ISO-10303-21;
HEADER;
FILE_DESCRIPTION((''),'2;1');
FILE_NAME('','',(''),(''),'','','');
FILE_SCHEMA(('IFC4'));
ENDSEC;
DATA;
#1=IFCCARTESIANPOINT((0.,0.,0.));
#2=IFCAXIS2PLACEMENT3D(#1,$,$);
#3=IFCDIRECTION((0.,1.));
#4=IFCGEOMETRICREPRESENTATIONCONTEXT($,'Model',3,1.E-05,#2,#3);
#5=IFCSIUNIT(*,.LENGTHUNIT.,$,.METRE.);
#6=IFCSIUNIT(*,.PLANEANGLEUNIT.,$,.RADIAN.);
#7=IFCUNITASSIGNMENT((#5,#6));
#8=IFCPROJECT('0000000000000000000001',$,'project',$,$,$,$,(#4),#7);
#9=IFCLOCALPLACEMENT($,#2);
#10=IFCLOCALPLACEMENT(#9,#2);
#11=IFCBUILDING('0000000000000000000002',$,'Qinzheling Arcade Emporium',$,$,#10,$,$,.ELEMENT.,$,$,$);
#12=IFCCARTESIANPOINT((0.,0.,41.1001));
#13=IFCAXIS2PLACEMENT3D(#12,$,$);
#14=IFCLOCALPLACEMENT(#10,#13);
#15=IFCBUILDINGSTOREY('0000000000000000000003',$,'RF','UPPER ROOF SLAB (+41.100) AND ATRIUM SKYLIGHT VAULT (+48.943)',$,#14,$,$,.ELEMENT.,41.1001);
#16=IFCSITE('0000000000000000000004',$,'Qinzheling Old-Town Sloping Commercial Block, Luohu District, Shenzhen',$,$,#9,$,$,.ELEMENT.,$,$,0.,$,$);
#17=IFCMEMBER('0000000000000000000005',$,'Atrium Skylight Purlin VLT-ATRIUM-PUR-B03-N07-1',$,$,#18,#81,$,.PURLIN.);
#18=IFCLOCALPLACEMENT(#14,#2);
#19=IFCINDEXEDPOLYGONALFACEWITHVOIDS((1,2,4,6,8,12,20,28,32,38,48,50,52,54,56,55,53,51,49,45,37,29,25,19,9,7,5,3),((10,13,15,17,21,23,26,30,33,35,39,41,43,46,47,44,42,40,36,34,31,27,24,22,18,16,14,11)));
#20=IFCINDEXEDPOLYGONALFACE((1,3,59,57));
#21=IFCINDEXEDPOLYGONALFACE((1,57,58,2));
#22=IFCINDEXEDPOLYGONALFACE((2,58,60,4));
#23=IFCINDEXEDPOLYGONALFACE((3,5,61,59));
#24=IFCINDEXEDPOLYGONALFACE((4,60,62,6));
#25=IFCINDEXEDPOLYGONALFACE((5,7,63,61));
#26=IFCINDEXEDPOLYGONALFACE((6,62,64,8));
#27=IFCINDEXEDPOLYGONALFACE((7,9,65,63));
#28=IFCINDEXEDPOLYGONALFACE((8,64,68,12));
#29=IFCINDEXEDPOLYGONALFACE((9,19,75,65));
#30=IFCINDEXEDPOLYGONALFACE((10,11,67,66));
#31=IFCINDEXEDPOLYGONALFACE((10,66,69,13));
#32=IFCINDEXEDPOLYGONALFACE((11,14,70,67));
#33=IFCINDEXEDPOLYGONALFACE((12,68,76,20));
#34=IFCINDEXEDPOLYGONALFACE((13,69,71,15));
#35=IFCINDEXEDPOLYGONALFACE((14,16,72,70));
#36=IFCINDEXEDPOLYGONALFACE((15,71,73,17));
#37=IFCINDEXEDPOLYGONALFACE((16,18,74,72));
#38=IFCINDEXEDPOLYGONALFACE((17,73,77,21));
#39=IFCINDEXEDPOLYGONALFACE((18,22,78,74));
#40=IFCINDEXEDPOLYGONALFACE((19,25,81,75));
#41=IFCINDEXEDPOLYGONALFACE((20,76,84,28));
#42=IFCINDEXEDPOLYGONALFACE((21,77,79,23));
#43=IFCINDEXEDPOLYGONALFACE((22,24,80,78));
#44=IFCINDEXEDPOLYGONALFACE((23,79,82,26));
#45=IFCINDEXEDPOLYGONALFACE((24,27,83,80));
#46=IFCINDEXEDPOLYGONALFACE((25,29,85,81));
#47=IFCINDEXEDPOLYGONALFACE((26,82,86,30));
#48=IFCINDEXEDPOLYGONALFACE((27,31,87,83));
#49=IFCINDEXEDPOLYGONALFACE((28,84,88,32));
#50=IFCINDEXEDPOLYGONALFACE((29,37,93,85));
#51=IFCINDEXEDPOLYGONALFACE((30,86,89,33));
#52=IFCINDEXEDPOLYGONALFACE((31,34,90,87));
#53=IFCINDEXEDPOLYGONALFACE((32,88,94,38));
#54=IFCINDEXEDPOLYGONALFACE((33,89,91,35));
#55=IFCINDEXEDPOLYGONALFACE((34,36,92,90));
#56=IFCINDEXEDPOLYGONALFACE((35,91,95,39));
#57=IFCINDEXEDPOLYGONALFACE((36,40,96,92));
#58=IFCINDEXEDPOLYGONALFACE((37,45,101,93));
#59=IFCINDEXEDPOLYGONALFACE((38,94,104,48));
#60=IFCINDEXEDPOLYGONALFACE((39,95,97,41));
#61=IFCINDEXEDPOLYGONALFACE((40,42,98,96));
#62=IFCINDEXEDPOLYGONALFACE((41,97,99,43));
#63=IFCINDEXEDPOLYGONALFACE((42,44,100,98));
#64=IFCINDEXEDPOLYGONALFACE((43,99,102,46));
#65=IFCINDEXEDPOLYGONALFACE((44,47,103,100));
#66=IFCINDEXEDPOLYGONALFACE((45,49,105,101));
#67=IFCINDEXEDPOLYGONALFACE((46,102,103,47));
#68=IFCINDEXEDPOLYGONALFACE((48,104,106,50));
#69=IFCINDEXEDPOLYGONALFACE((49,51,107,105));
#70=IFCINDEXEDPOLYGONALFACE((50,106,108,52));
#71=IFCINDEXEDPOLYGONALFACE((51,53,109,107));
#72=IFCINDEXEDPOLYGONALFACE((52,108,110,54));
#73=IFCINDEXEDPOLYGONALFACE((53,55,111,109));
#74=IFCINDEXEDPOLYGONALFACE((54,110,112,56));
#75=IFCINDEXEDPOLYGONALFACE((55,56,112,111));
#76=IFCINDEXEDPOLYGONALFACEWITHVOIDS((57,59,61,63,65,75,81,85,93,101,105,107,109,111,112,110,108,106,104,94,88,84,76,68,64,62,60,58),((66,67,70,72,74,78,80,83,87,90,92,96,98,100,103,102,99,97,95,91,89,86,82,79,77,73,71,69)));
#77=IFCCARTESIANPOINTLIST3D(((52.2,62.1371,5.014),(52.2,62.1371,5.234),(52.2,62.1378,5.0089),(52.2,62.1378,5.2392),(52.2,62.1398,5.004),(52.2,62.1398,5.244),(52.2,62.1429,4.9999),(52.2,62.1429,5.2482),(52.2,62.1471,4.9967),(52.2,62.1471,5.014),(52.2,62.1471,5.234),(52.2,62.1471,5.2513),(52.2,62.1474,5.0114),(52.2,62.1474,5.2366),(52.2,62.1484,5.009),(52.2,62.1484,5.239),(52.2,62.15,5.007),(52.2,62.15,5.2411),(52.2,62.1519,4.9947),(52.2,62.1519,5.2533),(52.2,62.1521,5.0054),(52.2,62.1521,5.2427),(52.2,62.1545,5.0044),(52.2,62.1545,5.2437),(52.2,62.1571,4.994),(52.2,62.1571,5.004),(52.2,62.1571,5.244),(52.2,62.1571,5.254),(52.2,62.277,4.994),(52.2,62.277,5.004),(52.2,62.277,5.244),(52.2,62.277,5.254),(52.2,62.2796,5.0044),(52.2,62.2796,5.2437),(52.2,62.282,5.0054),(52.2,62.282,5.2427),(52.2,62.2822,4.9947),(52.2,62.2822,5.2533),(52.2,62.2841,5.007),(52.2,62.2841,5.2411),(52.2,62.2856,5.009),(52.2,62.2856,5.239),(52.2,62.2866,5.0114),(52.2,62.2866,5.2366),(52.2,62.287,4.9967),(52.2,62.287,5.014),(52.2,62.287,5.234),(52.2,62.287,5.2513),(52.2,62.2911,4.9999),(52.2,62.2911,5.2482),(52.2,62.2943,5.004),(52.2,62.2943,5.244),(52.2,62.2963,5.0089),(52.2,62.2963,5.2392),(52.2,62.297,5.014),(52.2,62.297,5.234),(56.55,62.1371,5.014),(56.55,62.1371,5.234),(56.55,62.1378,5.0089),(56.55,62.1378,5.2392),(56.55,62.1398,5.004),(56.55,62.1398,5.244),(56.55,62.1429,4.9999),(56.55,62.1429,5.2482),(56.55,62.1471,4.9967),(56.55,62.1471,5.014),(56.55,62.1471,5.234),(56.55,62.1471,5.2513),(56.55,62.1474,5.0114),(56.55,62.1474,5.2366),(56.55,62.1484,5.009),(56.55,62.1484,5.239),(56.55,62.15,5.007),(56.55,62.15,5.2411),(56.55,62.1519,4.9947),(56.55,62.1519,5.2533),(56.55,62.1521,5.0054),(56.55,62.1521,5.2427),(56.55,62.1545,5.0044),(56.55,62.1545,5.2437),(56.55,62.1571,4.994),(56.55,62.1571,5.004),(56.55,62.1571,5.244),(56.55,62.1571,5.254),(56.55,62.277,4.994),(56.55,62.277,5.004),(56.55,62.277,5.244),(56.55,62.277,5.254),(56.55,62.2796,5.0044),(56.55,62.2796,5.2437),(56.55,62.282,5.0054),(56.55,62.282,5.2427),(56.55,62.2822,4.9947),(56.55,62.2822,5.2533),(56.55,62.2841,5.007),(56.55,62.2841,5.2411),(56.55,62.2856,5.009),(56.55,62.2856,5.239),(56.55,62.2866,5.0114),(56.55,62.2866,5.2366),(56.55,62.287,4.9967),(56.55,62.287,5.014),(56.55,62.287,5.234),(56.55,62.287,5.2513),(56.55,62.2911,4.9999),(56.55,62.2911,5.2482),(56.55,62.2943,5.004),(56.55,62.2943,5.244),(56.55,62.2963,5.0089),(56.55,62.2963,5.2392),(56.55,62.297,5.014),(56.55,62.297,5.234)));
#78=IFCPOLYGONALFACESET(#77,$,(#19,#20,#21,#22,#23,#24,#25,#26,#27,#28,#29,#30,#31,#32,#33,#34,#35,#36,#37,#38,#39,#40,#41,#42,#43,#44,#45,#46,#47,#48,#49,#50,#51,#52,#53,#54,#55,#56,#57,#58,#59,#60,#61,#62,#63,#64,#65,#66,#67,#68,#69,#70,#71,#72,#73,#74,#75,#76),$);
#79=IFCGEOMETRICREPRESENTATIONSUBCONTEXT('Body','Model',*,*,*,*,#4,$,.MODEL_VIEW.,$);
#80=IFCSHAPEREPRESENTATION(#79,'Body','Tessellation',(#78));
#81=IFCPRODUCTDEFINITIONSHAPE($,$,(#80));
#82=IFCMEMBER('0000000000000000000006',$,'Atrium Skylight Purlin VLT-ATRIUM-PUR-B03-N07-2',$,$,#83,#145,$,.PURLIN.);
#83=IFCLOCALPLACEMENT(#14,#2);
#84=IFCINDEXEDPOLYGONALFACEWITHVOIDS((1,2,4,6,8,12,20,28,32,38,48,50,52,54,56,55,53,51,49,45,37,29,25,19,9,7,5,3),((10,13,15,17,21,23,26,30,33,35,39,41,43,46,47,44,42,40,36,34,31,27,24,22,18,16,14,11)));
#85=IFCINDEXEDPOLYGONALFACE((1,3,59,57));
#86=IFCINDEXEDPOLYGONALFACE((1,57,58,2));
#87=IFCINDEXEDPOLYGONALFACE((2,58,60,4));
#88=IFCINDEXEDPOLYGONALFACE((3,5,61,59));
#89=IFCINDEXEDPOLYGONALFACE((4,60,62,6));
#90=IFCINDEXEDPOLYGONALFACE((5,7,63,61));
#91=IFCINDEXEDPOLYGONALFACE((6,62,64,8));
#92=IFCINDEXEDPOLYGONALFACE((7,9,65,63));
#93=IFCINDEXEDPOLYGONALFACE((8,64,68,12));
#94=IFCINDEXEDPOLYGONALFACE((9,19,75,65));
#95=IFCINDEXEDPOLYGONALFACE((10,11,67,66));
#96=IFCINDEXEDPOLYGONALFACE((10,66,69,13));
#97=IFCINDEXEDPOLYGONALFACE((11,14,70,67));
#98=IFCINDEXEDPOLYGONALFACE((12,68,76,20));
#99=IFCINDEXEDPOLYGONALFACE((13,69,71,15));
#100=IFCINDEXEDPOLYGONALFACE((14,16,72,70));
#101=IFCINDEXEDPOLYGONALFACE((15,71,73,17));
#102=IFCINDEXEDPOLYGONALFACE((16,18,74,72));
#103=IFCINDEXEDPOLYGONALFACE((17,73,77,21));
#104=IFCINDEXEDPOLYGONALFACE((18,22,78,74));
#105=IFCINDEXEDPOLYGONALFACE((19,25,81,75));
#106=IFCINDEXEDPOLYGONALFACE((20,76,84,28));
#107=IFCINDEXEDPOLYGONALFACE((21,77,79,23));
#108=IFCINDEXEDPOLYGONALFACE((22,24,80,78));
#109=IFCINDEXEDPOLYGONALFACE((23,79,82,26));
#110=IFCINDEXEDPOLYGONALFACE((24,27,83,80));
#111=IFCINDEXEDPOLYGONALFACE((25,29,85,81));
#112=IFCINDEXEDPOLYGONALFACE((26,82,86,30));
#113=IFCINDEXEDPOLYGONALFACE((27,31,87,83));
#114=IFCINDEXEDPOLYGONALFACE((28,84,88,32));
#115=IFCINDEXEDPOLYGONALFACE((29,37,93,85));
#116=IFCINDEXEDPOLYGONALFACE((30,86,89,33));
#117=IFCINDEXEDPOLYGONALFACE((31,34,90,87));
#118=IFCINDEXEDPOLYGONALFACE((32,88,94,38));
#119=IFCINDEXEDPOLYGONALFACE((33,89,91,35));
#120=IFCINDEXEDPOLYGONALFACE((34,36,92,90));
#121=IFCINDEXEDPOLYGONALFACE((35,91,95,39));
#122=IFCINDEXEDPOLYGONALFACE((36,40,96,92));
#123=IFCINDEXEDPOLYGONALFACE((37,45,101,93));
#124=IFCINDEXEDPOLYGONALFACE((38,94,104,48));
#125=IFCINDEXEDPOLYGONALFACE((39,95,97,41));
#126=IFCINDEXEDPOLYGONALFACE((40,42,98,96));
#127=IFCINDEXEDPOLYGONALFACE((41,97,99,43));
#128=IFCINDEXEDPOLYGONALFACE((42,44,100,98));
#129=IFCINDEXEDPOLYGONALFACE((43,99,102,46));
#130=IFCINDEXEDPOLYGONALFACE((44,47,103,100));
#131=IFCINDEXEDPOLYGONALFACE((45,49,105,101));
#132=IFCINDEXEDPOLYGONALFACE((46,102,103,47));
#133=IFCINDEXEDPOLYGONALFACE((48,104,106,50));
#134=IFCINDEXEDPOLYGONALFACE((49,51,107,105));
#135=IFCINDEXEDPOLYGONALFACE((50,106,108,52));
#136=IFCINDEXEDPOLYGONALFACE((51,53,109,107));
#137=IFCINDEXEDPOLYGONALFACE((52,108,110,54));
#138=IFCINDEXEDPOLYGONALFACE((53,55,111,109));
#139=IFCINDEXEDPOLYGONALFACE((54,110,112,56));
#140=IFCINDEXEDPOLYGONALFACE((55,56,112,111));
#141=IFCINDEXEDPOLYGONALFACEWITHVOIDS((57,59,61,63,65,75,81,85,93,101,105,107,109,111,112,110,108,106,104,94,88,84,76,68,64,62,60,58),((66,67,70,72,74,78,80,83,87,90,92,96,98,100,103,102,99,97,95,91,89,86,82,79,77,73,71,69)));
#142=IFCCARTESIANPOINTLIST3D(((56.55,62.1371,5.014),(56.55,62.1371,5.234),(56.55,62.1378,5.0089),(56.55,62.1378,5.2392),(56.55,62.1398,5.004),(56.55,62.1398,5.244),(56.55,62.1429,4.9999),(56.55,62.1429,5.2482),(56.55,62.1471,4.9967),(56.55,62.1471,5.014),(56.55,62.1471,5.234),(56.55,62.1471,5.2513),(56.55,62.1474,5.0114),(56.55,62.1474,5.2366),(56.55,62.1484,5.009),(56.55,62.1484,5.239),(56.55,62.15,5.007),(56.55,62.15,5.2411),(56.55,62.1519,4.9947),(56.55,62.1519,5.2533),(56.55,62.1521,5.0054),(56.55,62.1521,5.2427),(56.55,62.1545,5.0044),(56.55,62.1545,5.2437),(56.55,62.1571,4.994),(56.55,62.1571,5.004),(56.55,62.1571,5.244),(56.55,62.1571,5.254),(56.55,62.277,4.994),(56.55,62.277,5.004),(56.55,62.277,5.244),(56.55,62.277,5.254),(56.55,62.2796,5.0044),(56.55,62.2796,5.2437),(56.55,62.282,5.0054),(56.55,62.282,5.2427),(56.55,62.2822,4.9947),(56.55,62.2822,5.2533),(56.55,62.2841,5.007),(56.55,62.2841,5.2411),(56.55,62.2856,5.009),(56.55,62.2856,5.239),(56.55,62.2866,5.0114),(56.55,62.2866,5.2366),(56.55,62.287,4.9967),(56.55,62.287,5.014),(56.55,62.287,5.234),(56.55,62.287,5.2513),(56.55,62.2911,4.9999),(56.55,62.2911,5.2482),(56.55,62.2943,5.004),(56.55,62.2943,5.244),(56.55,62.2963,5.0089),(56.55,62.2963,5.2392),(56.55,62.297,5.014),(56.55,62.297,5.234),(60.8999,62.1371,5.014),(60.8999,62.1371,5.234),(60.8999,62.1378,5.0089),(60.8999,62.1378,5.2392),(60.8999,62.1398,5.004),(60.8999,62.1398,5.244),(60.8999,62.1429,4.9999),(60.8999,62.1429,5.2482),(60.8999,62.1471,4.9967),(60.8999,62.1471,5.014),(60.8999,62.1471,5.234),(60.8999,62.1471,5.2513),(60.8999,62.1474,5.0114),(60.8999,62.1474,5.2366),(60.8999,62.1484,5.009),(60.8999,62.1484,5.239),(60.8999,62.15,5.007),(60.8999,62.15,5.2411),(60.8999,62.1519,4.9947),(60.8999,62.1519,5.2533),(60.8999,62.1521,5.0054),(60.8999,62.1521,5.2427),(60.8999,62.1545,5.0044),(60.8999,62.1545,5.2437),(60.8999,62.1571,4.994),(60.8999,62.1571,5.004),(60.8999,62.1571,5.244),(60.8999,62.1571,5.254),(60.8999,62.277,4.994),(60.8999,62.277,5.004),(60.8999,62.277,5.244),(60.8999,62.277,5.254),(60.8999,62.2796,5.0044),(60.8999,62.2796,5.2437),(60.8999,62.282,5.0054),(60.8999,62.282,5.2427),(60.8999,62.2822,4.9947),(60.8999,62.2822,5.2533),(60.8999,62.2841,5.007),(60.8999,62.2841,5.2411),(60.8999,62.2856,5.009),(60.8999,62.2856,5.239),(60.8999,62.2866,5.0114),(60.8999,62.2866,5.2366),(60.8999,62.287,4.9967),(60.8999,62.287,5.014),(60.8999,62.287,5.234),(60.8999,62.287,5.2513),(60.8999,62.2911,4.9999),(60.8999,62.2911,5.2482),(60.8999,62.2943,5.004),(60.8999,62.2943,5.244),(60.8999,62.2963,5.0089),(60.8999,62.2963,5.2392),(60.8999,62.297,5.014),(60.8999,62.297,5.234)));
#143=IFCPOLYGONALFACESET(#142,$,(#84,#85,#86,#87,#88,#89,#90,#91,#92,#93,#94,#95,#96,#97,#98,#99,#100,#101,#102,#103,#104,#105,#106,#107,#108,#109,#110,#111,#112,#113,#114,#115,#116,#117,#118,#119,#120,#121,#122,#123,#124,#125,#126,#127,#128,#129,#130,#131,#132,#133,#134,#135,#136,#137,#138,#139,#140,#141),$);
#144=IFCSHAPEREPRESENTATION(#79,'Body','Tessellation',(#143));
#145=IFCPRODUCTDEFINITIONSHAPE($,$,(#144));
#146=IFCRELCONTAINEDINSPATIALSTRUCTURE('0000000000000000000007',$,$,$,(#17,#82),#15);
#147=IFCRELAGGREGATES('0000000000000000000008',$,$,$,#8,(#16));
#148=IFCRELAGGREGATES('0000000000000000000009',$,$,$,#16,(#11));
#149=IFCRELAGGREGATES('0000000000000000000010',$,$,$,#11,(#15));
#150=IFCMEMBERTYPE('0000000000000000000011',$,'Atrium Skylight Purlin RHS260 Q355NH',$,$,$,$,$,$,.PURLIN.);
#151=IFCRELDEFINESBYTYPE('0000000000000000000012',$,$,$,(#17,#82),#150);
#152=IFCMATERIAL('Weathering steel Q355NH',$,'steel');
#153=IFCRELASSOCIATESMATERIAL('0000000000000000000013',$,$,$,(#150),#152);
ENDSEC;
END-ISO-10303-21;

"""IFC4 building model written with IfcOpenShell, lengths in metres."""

from ifc_helpers import new_model, si_unit, direction, frame, origin, origin_2d, place, context, subcontext, project, spatial, hollow_rectangle, extrude, material, material_profile, profile_set, type_object, element, save


model = new_model("IFC4")

# Units and contexts
model_context = context("Model", 3, precision=1e-05, world=origin(), true_north=direction((0.0, 1.0)))
body_context = subcontext(model_context, "Body", "Model", "MODEL_VIEW")
ifc_project = project(units=[si_unit("LENGTHUNIT", "METRE"), si_unit("PLANEANGLEUNIT", "RADIAN")], contexts=[model_context])

# Site, building, storey
site_placement = place(None, origin())
site = spatial("IfcSite", under=ifc_project, at=site_placement, Name="Qinzheling Old-Town Sloping Commercial Block, Luohu District, Shenzhen", CompositionType="ELEMENT", RefElevation=0.0)
building_placement = place(site_placement, origin())
building = spatial("IfcBuilding", under=site, at=building_placement, Name="Qinzheling Arcade Emporium", CompositionType="ELEMENT")
storey_placement = place(building_placement, frame((0.0, 0.0, 41.1001)))
storey = spatial("IfcBuildingStorey", under=building, at=storey_placement, Name="RF", Description="UPPER ROOF SLAB (+41.100) AND ATRIUM SKYLIGHT VAULT (+48.943)", CompositionType="ELEMENT", Elevation=41.1001)

# Shared definitions
ifc_material_1 = material(Name="Weathering steel Q355NH", Category="steel")

# Members
ifc_material_profile_1 = material_profile(ifc_material_1, hollow_rectangle(XDim=0.1599, YDim=0.26, WallThickness=0.01, InnerFilletRadius=0.01, OuterFilletRadius=0.02, at=origin_2d()), Name="RHS 260x160x10", Category="steel")
ifc_profile_set_1 = profile_set([ifc_material_profile_1], Name="Weathering steel Q355NH")
member_type = type_object("IfcMemberType", Name="Atrium Skylight Purlin RHS260 Q355NH", PredefinedType="PURLIN", material=ifc_profile_set_1)
member_1_placement = place(storey_placement, frame((52.2, 62.217, 5.124), z_axis=(1.0, 0.0, 0.0), x_axis=(0.0, 1.0, 0.0)))
element("IfcMember", 1, at=member_1_placement, inside=storey, type_object=member_type, Name="Atrium Skylight Purlin VLT-ATRIUM-PUR-B03-N07-1", PredefinedType="PURLIN", context=body_context, shape_type="SweptSolid", body=[
    extrude(hollow_rectangle(XDim=0.1599, YDim=0.26, WallThickness=0.01, InnerFilletRadius=0.01, OuterFilletRadius=0.02, at=origin_2d()), origin(), (0.0, 0.0, 1.0), 4.3501),
])
member_2_placement = place(storey_placement, frame((56.55, 62.217, 5.124), z_axis=(1.0, 0.0, 0.0), x_axis=(0.0, 1.0, 0.0)))
element("IfcMember", 2, at=member_2_placement, inside=storey, type_object=member_type, Name="Atrium Skylight Purlin VLT-ATRIUM-PUR-B03-N07-2", PredefinedType="PURLIN", context=body_context, shape_type="SweptSolid", body=[
    extrude(hollow_rectangle(XDim=0.1599, YDim=0.26, WallThickness=0.01, InnerFilletRadius=0.01, OuterFilletRadius=0.02, at=origin_2d()), origin(), (0.0, 0.0, 1.0), 4.3499),
])

save(model, "model.ifc")
